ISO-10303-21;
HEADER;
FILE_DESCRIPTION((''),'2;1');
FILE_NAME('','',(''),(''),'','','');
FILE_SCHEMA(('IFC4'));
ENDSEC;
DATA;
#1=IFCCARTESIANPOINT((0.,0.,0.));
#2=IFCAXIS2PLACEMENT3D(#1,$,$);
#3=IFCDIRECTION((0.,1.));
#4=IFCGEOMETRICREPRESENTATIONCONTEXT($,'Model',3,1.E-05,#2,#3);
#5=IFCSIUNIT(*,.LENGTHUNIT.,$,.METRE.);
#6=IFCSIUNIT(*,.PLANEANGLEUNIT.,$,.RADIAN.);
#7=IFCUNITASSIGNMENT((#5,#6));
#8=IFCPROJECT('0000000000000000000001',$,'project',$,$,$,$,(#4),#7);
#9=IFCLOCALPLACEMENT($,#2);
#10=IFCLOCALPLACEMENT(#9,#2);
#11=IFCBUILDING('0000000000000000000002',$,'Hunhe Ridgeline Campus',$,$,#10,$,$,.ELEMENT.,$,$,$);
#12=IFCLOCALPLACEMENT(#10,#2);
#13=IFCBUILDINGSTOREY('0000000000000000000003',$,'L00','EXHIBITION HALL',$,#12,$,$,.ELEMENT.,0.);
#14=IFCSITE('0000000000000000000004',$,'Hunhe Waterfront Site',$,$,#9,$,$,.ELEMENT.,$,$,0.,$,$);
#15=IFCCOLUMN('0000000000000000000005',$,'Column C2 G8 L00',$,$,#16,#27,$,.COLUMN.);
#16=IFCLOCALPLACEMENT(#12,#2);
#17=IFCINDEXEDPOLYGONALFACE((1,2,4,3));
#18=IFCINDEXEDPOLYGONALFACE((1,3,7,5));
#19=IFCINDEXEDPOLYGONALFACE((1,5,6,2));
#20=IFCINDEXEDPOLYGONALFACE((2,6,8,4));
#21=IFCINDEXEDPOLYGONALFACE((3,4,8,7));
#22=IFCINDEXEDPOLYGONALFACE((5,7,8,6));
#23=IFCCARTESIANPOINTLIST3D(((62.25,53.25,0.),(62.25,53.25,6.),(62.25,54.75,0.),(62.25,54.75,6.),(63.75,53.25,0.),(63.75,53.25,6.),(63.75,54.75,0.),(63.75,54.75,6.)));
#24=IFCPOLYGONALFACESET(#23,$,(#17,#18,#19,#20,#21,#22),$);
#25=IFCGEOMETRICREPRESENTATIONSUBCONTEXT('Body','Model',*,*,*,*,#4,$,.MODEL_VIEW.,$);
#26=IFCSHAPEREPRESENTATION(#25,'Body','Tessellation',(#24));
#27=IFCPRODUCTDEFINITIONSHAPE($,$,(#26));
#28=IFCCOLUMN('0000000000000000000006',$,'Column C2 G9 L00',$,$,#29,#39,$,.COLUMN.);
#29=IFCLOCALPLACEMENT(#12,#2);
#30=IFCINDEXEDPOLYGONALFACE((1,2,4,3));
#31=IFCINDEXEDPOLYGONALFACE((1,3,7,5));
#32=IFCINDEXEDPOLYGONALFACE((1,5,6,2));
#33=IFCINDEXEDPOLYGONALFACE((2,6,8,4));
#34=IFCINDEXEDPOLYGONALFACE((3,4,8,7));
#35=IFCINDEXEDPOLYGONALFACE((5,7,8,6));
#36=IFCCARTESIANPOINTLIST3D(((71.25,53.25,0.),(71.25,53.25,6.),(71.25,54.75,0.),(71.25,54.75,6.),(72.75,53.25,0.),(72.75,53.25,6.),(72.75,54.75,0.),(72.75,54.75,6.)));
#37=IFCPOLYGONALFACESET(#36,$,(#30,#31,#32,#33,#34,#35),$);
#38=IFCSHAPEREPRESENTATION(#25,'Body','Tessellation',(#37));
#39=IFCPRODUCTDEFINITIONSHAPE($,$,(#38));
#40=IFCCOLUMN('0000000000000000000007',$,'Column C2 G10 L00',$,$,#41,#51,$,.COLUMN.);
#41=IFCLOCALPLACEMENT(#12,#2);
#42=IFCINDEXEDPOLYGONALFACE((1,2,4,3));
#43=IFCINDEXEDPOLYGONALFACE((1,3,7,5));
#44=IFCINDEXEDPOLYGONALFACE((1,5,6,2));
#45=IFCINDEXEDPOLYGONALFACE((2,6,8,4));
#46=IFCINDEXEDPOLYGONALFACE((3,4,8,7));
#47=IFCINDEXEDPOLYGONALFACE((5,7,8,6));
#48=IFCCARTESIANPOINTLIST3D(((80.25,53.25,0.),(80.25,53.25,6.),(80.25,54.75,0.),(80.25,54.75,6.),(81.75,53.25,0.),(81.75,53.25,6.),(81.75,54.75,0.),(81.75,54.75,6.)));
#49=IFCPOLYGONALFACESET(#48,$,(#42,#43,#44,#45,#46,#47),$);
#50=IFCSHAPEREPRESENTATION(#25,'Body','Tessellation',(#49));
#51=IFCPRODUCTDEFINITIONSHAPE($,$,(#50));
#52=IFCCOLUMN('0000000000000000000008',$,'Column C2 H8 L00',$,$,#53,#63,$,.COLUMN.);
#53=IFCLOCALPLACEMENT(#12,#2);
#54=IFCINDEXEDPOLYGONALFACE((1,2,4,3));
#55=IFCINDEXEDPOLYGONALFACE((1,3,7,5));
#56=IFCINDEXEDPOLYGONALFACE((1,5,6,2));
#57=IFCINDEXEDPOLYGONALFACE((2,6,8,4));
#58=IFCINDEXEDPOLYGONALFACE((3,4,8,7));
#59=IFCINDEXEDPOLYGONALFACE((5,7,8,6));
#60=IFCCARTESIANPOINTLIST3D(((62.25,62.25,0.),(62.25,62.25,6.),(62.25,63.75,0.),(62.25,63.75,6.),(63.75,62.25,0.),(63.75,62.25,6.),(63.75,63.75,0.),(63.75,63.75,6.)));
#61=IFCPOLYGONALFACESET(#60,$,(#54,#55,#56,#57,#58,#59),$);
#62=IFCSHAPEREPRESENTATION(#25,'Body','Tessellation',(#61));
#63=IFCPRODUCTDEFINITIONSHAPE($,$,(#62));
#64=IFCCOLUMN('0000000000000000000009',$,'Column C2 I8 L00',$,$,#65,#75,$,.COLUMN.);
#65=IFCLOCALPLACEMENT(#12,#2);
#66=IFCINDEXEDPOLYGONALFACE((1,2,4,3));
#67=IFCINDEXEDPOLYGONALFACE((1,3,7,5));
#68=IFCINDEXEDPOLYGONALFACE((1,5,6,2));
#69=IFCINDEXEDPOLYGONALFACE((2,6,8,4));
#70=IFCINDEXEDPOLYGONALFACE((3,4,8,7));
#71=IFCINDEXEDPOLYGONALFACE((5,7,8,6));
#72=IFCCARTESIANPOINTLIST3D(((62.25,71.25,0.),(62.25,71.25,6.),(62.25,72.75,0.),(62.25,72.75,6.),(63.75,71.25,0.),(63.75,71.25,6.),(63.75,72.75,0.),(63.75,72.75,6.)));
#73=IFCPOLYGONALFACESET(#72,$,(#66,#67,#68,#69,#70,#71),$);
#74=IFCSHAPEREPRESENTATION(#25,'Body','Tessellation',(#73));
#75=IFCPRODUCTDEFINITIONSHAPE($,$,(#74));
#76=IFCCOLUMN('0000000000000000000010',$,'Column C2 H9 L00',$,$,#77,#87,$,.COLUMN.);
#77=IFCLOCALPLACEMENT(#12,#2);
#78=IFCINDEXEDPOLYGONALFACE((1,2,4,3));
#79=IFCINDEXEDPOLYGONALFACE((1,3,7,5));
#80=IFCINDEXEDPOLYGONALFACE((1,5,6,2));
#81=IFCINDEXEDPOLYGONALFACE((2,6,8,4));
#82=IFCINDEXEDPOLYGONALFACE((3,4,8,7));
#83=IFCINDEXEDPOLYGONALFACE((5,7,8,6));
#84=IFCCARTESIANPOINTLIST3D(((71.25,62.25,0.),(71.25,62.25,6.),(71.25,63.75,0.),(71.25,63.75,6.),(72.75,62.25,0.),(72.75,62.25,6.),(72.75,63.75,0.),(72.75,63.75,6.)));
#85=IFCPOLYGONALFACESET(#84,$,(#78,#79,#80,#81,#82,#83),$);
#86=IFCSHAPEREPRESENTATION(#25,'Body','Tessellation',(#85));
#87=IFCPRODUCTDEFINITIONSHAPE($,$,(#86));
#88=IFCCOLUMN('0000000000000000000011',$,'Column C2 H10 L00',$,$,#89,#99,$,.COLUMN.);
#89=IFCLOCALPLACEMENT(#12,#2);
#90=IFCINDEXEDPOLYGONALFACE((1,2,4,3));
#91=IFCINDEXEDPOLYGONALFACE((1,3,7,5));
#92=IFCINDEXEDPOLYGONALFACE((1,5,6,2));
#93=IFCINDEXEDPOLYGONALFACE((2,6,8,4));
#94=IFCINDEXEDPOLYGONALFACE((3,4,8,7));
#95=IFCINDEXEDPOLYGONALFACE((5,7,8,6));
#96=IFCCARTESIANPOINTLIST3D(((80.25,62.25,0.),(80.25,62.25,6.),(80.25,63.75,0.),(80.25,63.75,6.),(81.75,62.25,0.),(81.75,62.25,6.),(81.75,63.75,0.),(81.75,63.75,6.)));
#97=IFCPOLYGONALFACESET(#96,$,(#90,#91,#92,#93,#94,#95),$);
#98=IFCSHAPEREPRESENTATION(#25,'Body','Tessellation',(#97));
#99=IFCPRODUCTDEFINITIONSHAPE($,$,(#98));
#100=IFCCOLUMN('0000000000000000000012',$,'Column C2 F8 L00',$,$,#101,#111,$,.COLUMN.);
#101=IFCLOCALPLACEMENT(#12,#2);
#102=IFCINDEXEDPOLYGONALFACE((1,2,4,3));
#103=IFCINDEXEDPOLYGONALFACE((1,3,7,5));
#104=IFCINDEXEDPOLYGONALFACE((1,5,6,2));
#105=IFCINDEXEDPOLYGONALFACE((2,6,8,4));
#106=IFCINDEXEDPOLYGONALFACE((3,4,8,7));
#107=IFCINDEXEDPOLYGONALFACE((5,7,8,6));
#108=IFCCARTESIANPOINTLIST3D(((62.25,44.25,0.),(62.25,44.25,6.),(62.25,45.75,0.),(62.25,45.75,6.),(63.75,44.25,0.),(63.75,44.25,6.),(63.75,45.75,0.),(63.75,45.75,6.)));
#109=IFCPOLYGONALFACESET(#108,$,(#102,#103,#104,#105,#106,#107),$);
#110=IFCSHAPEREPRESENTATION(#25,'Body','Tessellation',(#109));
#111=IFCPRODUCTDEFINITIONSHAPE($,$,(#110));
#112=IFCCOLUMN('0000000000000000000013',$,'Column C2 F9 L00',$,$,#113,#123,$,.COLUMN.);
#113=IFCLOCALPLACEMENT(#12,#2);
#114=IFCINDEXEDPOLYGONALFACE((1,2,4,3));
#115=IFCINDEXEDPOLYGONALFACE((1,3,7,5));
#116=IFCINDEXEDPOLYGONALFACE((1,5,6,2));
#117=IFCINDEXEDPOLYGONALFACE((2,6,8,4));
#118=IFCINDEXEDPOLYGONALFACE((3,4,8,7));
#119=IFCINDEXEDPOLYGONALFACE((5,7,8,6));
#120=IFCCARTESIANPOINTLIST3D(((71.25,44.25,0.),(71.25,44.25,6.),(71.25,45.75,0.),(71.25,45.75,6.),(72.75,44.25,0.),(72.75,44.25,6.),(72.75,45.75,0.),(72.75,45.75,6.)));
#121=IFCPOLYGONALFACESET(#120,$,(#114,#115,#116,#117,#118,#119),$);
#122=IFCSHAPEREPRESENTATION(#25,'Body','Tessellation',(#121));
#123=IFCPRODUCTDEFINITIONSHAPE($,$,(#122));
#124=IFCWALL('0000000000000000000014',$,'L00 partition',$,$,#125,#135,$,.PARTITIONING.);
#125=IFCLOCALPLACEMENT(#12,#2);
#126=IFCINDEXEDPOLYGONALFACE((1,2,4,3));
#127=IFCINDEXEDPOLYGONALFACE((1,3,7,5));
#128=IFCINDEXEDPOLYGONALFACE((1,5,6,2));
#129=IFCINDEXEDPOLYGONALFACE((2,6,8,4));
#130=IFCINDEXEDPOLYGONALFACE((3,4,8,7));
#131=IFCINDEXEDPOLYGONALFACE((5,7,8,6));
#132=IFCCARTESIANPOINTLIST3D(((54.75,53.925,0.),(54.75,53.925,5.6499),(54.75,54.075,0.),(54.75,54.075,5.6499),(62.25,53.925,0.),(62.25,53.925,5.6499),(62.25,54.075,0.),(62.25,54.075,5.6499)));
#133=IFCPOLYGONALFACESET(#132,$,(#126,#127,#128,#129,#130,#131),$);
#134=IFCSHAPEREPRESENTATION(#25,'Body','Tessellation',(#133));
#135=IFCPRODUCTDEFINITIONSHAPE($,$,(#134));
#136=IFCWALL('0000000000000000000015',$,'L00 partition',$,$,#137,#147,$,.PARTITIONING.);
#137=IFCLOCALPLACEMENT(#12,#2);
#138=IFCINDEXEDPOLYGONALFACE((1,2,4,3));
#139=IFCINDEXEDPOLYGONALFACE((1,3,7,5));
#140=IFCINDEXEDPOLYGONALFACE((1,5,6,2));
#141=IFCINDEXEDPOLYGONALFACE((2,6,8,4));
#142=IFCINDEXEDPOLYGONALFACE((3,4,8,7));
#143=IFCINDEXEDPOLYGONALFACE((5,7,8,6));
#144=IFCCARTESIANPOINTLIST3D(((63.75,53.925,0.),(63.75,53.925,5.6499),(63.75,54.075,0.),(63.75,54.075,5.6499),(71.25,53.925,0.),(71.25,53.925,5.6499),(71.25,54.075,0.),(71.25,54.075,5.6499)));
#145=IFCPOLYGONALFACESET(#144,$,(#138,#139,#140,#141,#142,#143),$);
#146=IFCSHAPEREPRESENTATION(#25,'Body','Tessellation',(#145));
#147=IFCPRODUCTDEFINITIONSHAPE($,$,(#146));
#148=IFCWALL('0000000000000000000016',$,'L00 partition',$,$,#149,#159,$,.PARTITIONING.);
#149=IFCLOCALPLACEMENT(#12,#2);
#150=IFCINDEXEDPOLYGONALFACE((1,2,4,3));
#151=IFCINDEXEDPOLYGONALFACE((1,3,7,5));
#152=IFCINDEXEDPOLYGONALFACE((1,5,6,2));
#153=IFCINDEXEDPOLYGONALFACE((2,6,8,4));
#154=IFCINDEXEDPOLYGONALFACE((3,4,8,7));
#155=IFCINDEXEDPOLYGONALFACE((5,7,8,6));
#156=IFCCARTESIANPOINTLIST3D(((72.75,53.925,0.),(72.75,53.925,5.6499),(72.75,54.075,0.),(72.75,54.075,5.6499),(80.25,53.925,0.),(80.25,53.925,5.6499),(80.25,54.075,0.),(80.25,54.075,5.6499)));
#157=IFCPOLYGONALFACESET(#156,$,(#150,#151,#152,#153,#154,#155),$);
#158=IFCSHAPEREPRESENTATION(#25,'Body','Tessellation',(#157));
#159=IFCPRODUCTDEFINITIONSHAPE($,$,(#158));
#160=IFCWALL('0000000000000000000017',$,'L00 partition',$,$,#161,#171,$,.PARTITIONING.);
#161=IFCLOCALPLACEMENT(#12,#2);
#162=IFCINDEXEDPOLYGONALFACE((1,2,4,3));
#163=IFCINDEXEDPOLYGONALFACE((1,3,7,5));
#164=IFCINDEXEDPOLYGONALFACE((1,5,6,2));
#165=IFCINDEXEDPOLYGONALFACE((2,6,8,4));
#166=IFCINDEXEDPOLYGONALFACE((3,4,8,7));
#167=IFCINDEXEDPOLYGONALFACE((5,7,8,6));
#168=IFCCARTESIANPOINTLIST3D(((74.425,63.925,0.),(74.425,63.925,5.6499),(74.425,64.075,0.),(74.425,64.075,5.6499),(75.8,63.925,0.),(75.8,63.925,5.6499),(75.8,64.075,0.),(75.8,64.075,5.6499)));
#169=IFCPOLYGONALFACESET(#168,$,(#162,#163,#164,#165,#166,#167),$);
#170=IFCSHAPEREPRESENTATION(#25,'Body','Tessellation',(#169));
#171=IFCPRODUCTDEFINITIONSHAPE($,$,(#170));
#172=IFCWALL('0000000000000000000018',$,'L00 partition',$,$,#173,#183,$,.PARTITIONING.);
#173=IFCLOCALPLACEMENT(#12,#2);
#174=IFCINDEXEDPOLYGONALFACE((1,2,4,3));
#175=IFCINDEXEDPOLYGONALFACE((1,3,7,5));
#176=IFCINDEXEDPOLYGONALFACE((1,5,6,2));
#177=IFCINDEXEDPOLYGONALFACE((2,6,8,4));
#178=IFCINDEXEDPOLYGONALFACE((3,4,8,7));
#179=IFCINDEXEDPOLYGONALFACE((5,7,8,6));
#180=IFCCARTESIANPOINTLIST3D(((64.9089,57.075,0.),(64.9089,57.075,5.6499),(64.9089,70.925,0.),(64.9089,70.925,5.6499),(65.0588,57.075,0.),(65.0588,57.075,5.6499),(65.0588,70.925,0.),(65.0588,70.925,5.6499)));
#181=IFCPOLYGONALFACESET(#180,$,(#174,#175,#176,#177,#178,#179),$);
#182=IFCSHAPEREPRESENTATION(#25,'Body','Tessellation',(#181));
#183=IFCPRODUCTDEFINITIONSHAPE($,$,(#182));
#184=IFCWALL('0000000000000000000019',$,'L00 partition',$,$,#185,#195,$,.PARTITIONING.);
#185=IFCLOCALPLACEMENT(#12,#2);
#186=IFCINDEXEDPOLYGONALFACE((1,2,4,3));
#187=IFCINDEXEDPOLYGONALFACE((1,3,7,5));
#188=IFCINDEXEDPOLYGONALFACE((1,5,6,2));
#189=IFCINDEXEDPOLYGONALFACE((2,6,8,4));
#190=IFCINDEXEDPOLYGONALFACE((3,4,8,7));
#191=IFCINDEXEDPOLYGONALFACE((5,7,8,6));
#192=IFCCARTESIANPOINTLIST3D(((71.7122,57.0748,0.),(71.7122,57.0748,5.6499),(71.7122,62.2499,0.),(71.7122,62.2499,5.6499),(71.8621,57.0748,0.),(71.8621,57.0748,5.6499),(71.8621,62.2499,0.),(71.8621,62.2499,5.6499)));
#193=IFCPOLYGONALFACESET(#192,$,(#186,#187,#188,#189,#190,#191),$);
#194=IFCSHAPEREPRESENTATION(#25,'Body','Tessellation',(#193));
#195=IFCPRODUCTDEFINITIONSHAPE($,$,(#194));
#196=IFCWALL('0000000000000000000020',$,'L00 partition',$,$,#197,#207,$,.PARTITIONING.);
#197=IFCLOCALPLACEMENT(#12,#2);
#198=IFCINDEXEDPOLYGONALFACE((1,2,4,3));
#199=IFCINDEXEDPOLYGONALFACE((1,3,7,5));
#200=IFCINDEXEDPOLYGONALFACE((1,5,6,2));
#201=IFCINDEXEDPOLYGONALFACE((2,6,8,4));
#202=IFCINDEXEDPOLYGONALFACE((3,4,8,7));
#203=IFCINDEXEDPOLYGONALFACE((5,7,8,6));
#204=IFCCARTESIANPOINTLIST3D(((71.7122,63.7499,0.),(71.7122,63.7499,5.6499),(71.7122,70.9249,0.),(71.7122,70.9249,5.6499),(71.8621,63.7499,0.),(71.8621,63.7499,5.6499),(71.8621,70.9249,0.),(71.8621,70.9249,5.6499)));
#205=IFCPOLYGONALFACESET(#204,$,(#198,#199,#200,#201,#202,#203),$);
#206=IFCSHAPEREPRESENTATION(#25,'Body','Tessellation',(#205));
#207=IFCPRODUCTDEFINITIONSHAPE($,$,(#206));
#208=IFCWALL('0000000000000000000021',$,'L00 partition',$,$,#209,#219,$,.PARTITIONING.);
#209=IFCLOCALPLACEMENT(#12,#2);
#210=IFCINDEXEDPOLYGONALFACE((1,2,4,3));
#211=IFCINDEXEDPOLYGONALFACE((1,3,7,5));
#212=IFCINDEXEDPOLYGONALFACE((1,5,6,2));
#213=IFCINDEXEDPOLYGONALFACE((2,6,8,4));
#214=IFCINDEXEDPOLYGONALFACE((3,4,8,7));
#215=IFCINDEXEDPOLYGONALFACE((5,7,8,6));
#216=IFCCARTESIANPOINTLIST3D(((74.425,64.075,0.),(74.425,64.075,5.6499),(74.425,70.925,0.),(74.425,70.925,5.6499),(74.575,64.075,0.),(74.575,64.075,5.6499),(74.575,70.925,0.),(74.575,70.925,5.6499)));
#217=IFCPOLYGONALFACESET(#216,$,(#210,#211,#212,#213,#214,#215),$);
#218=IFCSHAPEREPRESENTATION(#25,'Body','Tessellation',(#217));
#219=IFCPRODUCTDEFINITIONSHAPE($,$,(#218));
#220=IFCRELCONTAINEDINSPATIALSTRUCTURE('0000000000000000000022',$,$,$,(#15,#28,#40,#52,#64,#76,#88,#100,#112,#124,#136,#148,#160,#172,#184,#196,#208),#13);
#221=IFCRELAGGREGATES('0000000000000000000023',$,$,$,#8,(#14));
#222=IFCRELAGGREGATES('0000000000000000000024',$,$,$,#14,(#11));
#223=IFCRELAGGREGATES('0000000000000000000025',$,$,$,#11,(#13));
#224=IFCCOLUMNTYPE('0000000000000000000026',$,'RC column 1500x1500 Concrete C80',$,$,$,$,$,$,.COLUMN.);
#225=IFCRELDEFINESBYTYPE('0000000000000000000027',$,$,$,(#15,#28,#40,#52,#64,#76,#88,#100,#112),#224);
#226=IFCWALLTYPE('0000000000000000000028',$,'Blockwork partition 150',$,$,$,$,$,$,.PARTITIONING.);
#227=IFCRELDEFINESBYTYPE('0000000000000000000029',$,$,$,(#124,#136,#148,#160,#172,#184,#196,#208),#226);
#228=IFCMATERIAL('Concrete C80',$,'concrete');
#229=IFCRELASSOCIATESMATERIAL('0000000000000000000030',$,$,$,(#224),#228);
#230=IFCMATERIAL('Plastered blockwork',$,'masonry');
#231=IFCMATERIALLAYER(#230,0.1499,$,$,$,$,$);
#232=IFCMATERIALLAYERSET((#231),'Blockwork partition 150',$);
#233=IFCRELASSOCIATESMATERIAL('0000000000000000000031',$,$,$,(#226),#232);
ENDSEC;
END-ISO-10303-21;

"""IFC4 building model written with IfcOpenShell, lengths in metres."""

from ifc_helpers import new_model, si_unit, direction, frame, frame_2d, origin, origin_2d, place, context, subcontext, project, spatial, rectangle, extrude, material, layer, layer_set, material_profile, profile_set, type_object, element, save


model = new_model("IFC4")

# Units and contexts
model_context = context("Model", 3, precision=1e-05, world=origin(), true_north=direction((0.0, 1.0)))
body_context = subcontext(model_context, "Body", "Model", "MODEL_VIEW")
ifc_project = project(units=[si_unit("LENGTHUNIT", "METRE"), si_unit("PLANEANGLEUNIT", "RADIAN")], contexts=[model_context])

# Site, building, storey
site_placement = place(None, origin())
site = spatial("IfcSite", under=ifc_project, at=site_placement, Name="Hunhe Waterfront Site", CompositionType="ELEMENT", RefElevation=0.0)
building_placement = place(site_placement, origin())
building = spatial("IfcBuilding", under=site, at=building_placement, Name="Hunhe Ridgeline Campus", CompositionType="ELEMENT")
storey_placement = place(building_placement, origin())
storey = spatial("IfcBuildingStorey", under=building, at=storey_placement, Name="L00", Description="EXHIBITION HALL", CompositionType="ELEMENT", Elevation=0.0)

# Columns
ifc_material_1 = material(Name="Concrete C80", Category="concrete")
ifc_material_profile = material_profile(ifc_material_1, rectangle(XDim=1.5, YDim=1.5, at=origin_2d()))
ifc_profile_set = profile_set([ifc_material_profile], Name="Concrete C80")
column_type = type_object("IfcColumnType", Name="RC column 1500x1500 Concrete C80", PredefinedType="COLUMN", material=ifc_profile_set)
for number, where, z_axis, x_axis, name in (
    (1, (63.0, 54.0, 0.0), (0.0, 0.0, 1.0), (1.0, 0.0, 0.0), "Column C2 G8 L00"),
    (2, (72.0, 54.0, 0.0), (0.0, 0.0, 1.0), (1.0, 0.0, 0.0), "Column C2 G9 L00"),
    (3, (81.0, 54.0, 0.0), (0.0, 0.0, 1.0), (1.0, 0.0, 0.0), "Column C2 G10 L00"),
    (4, (63.0, 63.0, 0.0), (0.0, 0.0, 1.0), (1.0, 0.0, 0.0), "Column C2 H8 L00"),
    (5, (63.0, 72.0, 0.0), (0.0, 0.0, 1.0), (1.0, 0.0, 0.0), "Column C2 I8 L00"),
    (6, (72.0, 63.0, 0.0), (0.0, 0.0, 1.0), (1.0, 0.0, 0.0), "Column C2 H9 L00"),
    (7, (81.0, 63.0, 0.0), (0.0, 0.0, 1.0), (1.0, 0.0, 0.0), "Column C2 H10 L00"),
    (8, (63.0, 45.0, 0.0), (0.0, 0.0, 1.0), (1.0, 0.0, 0.0), "Column C2 F8 L00"),
    (9, (72.0, 45.0, 0.0), (0.0, 0.0, 1.0), (1.0, 0.0, 0.0), "Column C2 F9 L00"),
):
    element("IfcColumn", number, at=place(storey_placement, frame(where, z_axis=z_axis, x_axis=x_axis)), inside=storey, type_object=column_type, Name=name, PredefinedType="COLUMN", context=body_context, shape_type="SweptSolid", body=[
        extrude(rectangle(XDim=1.5, YDim=1.5, at=origin_2d()), origin(), (0.0, 0.0, 1.0), 6.0),
    ])

# Walls
ifc_material_2 = material(Name="Plastered blockwork", Category="masonry")
ifc_layer_1 = layer(ifc_material_2, 0.1499)
ifc_layer_set_1 = layer_set([ifc_layer_1], Name="Blockwork partition 150")
wall_type_1 = type_object("IfcWallType", Name="Blockwork partition 150", PredefinedType="PARTITIONING", material=ifc_layer_set_1)
for number, where, z_axis, x_axis, name in (
    (10, (54.75, 54.0, 0.0), (0.0, 0.0, 1.0), (1.0, 0.0, 0.0), "L00 partition"),
    (11, (63.75, 54.0, 0.0), (0.0, 0.0, 1.0), (1.0, 0.0, 0.0), "L00 partition"),
    (12, (72.75, 54.0, 0.0), (0.0, 0.0, 1.0), (1.0, 0.0, 0.0), "L00 partition"),
):
    element("IfcWall", number, at=place(storey_placement, frame(where, z_axis=z_axis, x_axis=x_axis)), inside=storey, type_object=wall_type_1, Name=name, PredefinedType="PARTITIONING", context=body_context, shape_type="SweptSolid", body=[
        extrude(rectangle(XDim=7.5, YDim=0.1499, at=frame_2d((3.75, 0.0))), origin(), (0.0, 0.0, 1.0), 5.6499),
    ])
wall_1_placement = place(storey_placement, frame((74.425, 64.0, 0.0), z_axis=(0.0, 0.0, 1.0), x_axis=(1.0, 0.0, 0.0)))
element("IfcWall", 13, at=wall_1_placement, inside=storey, type_object=wall_type_1, Name="L00 partition", PredefinedType="PARTITIONING", context=body_context, shape_type="SweptSolid", body=[
    extrude(rectangle(XDim=1.375, YDim=0.1499, at=frame_2d((0.6875, 0.0))), origin(), (0.0, 0.0, 1.0), 5.6499),
])
wall_2_placement = place(storey_placement, frame((64.9839, 57.075, 0.0), z_axis=(0.0, 0.0, 1.0), x_axis=(0.0, 1.0, 0.0)))
element("IfcWall", 14, at=wall_2_placement, inside=storey, type_object=wall_type_1, Name="L00 partition", PredefinedType="PARTITIONING", context=body_context, shape_type="SweptSolid", body=[
    extrude(rectangle(XDim=13.8501, YDim=0.1499, at=frame_2d((6.925, 0.0))), origin(), (0.0, 0.0, 1.0), 5.6499),
])
wall_3_placement = place(storey_placement, frame((71.7871, 57.075, 0.0), z_axis=(0.0, 0.0, 1.0), x_axis=(0.0, 1.0, 0.0)))
element("IfcWall", 15, at=wall_3_placement, inside=storey, type_object=wall_type_1, Name="L00 partition", PredefinedType="PARTITIONING", context=body_context, shape_type="SweptSolid", body=[
    extrude(rectangle(XDim=5.175, YDim=0.1499, at=frame_2d((2.5874, 0.0))), origin(), (0.0, 0.0, 1.0), 5.6499),
])
wall_4_placement = place(storey_placement, frame((71.7871, 63.75, 0.0), z_axis=(0.0, 0.0, 1.0), x_axis=(0.0, 1.0, 0.0)))
element("IfcWall", 16, at=wall_4_placement, inside=storey, type_object=wall_type_1, Name="L00 partition", PredefinedType="PARTITIONING", context=body_context, shape_type="SweptSolid", body=[
    extrude(rectangle(XDim=7.175, YDim=0.1499, at=frame_2d((3.5874, 0.0))), origin(), (0.0, 0.0, 1.0), 5.6499),
])
wall_5_placement = place(storey_placement, frame((74.5, 70.925, 0.0), z_axis=(0.0, 0.0, 1.0), x_axis=(0.0, -1.0, 0.0)))
element("IfcWall", 17, at=wall_5_placement, inside=storey, type_object=wall_type_1, Name="L00 partition", PredefinedType="PARTITIONING", context=body_context, shape_type="SweptSolid", body=[
    extrude(rectangle(XDim=6.8501, YDim=0.1499, at=frame_2d((3.425, 0.0))), origin(), (0.0, 0.0, 1.0), 5.6499),
])

save(model, "model.ifc")
